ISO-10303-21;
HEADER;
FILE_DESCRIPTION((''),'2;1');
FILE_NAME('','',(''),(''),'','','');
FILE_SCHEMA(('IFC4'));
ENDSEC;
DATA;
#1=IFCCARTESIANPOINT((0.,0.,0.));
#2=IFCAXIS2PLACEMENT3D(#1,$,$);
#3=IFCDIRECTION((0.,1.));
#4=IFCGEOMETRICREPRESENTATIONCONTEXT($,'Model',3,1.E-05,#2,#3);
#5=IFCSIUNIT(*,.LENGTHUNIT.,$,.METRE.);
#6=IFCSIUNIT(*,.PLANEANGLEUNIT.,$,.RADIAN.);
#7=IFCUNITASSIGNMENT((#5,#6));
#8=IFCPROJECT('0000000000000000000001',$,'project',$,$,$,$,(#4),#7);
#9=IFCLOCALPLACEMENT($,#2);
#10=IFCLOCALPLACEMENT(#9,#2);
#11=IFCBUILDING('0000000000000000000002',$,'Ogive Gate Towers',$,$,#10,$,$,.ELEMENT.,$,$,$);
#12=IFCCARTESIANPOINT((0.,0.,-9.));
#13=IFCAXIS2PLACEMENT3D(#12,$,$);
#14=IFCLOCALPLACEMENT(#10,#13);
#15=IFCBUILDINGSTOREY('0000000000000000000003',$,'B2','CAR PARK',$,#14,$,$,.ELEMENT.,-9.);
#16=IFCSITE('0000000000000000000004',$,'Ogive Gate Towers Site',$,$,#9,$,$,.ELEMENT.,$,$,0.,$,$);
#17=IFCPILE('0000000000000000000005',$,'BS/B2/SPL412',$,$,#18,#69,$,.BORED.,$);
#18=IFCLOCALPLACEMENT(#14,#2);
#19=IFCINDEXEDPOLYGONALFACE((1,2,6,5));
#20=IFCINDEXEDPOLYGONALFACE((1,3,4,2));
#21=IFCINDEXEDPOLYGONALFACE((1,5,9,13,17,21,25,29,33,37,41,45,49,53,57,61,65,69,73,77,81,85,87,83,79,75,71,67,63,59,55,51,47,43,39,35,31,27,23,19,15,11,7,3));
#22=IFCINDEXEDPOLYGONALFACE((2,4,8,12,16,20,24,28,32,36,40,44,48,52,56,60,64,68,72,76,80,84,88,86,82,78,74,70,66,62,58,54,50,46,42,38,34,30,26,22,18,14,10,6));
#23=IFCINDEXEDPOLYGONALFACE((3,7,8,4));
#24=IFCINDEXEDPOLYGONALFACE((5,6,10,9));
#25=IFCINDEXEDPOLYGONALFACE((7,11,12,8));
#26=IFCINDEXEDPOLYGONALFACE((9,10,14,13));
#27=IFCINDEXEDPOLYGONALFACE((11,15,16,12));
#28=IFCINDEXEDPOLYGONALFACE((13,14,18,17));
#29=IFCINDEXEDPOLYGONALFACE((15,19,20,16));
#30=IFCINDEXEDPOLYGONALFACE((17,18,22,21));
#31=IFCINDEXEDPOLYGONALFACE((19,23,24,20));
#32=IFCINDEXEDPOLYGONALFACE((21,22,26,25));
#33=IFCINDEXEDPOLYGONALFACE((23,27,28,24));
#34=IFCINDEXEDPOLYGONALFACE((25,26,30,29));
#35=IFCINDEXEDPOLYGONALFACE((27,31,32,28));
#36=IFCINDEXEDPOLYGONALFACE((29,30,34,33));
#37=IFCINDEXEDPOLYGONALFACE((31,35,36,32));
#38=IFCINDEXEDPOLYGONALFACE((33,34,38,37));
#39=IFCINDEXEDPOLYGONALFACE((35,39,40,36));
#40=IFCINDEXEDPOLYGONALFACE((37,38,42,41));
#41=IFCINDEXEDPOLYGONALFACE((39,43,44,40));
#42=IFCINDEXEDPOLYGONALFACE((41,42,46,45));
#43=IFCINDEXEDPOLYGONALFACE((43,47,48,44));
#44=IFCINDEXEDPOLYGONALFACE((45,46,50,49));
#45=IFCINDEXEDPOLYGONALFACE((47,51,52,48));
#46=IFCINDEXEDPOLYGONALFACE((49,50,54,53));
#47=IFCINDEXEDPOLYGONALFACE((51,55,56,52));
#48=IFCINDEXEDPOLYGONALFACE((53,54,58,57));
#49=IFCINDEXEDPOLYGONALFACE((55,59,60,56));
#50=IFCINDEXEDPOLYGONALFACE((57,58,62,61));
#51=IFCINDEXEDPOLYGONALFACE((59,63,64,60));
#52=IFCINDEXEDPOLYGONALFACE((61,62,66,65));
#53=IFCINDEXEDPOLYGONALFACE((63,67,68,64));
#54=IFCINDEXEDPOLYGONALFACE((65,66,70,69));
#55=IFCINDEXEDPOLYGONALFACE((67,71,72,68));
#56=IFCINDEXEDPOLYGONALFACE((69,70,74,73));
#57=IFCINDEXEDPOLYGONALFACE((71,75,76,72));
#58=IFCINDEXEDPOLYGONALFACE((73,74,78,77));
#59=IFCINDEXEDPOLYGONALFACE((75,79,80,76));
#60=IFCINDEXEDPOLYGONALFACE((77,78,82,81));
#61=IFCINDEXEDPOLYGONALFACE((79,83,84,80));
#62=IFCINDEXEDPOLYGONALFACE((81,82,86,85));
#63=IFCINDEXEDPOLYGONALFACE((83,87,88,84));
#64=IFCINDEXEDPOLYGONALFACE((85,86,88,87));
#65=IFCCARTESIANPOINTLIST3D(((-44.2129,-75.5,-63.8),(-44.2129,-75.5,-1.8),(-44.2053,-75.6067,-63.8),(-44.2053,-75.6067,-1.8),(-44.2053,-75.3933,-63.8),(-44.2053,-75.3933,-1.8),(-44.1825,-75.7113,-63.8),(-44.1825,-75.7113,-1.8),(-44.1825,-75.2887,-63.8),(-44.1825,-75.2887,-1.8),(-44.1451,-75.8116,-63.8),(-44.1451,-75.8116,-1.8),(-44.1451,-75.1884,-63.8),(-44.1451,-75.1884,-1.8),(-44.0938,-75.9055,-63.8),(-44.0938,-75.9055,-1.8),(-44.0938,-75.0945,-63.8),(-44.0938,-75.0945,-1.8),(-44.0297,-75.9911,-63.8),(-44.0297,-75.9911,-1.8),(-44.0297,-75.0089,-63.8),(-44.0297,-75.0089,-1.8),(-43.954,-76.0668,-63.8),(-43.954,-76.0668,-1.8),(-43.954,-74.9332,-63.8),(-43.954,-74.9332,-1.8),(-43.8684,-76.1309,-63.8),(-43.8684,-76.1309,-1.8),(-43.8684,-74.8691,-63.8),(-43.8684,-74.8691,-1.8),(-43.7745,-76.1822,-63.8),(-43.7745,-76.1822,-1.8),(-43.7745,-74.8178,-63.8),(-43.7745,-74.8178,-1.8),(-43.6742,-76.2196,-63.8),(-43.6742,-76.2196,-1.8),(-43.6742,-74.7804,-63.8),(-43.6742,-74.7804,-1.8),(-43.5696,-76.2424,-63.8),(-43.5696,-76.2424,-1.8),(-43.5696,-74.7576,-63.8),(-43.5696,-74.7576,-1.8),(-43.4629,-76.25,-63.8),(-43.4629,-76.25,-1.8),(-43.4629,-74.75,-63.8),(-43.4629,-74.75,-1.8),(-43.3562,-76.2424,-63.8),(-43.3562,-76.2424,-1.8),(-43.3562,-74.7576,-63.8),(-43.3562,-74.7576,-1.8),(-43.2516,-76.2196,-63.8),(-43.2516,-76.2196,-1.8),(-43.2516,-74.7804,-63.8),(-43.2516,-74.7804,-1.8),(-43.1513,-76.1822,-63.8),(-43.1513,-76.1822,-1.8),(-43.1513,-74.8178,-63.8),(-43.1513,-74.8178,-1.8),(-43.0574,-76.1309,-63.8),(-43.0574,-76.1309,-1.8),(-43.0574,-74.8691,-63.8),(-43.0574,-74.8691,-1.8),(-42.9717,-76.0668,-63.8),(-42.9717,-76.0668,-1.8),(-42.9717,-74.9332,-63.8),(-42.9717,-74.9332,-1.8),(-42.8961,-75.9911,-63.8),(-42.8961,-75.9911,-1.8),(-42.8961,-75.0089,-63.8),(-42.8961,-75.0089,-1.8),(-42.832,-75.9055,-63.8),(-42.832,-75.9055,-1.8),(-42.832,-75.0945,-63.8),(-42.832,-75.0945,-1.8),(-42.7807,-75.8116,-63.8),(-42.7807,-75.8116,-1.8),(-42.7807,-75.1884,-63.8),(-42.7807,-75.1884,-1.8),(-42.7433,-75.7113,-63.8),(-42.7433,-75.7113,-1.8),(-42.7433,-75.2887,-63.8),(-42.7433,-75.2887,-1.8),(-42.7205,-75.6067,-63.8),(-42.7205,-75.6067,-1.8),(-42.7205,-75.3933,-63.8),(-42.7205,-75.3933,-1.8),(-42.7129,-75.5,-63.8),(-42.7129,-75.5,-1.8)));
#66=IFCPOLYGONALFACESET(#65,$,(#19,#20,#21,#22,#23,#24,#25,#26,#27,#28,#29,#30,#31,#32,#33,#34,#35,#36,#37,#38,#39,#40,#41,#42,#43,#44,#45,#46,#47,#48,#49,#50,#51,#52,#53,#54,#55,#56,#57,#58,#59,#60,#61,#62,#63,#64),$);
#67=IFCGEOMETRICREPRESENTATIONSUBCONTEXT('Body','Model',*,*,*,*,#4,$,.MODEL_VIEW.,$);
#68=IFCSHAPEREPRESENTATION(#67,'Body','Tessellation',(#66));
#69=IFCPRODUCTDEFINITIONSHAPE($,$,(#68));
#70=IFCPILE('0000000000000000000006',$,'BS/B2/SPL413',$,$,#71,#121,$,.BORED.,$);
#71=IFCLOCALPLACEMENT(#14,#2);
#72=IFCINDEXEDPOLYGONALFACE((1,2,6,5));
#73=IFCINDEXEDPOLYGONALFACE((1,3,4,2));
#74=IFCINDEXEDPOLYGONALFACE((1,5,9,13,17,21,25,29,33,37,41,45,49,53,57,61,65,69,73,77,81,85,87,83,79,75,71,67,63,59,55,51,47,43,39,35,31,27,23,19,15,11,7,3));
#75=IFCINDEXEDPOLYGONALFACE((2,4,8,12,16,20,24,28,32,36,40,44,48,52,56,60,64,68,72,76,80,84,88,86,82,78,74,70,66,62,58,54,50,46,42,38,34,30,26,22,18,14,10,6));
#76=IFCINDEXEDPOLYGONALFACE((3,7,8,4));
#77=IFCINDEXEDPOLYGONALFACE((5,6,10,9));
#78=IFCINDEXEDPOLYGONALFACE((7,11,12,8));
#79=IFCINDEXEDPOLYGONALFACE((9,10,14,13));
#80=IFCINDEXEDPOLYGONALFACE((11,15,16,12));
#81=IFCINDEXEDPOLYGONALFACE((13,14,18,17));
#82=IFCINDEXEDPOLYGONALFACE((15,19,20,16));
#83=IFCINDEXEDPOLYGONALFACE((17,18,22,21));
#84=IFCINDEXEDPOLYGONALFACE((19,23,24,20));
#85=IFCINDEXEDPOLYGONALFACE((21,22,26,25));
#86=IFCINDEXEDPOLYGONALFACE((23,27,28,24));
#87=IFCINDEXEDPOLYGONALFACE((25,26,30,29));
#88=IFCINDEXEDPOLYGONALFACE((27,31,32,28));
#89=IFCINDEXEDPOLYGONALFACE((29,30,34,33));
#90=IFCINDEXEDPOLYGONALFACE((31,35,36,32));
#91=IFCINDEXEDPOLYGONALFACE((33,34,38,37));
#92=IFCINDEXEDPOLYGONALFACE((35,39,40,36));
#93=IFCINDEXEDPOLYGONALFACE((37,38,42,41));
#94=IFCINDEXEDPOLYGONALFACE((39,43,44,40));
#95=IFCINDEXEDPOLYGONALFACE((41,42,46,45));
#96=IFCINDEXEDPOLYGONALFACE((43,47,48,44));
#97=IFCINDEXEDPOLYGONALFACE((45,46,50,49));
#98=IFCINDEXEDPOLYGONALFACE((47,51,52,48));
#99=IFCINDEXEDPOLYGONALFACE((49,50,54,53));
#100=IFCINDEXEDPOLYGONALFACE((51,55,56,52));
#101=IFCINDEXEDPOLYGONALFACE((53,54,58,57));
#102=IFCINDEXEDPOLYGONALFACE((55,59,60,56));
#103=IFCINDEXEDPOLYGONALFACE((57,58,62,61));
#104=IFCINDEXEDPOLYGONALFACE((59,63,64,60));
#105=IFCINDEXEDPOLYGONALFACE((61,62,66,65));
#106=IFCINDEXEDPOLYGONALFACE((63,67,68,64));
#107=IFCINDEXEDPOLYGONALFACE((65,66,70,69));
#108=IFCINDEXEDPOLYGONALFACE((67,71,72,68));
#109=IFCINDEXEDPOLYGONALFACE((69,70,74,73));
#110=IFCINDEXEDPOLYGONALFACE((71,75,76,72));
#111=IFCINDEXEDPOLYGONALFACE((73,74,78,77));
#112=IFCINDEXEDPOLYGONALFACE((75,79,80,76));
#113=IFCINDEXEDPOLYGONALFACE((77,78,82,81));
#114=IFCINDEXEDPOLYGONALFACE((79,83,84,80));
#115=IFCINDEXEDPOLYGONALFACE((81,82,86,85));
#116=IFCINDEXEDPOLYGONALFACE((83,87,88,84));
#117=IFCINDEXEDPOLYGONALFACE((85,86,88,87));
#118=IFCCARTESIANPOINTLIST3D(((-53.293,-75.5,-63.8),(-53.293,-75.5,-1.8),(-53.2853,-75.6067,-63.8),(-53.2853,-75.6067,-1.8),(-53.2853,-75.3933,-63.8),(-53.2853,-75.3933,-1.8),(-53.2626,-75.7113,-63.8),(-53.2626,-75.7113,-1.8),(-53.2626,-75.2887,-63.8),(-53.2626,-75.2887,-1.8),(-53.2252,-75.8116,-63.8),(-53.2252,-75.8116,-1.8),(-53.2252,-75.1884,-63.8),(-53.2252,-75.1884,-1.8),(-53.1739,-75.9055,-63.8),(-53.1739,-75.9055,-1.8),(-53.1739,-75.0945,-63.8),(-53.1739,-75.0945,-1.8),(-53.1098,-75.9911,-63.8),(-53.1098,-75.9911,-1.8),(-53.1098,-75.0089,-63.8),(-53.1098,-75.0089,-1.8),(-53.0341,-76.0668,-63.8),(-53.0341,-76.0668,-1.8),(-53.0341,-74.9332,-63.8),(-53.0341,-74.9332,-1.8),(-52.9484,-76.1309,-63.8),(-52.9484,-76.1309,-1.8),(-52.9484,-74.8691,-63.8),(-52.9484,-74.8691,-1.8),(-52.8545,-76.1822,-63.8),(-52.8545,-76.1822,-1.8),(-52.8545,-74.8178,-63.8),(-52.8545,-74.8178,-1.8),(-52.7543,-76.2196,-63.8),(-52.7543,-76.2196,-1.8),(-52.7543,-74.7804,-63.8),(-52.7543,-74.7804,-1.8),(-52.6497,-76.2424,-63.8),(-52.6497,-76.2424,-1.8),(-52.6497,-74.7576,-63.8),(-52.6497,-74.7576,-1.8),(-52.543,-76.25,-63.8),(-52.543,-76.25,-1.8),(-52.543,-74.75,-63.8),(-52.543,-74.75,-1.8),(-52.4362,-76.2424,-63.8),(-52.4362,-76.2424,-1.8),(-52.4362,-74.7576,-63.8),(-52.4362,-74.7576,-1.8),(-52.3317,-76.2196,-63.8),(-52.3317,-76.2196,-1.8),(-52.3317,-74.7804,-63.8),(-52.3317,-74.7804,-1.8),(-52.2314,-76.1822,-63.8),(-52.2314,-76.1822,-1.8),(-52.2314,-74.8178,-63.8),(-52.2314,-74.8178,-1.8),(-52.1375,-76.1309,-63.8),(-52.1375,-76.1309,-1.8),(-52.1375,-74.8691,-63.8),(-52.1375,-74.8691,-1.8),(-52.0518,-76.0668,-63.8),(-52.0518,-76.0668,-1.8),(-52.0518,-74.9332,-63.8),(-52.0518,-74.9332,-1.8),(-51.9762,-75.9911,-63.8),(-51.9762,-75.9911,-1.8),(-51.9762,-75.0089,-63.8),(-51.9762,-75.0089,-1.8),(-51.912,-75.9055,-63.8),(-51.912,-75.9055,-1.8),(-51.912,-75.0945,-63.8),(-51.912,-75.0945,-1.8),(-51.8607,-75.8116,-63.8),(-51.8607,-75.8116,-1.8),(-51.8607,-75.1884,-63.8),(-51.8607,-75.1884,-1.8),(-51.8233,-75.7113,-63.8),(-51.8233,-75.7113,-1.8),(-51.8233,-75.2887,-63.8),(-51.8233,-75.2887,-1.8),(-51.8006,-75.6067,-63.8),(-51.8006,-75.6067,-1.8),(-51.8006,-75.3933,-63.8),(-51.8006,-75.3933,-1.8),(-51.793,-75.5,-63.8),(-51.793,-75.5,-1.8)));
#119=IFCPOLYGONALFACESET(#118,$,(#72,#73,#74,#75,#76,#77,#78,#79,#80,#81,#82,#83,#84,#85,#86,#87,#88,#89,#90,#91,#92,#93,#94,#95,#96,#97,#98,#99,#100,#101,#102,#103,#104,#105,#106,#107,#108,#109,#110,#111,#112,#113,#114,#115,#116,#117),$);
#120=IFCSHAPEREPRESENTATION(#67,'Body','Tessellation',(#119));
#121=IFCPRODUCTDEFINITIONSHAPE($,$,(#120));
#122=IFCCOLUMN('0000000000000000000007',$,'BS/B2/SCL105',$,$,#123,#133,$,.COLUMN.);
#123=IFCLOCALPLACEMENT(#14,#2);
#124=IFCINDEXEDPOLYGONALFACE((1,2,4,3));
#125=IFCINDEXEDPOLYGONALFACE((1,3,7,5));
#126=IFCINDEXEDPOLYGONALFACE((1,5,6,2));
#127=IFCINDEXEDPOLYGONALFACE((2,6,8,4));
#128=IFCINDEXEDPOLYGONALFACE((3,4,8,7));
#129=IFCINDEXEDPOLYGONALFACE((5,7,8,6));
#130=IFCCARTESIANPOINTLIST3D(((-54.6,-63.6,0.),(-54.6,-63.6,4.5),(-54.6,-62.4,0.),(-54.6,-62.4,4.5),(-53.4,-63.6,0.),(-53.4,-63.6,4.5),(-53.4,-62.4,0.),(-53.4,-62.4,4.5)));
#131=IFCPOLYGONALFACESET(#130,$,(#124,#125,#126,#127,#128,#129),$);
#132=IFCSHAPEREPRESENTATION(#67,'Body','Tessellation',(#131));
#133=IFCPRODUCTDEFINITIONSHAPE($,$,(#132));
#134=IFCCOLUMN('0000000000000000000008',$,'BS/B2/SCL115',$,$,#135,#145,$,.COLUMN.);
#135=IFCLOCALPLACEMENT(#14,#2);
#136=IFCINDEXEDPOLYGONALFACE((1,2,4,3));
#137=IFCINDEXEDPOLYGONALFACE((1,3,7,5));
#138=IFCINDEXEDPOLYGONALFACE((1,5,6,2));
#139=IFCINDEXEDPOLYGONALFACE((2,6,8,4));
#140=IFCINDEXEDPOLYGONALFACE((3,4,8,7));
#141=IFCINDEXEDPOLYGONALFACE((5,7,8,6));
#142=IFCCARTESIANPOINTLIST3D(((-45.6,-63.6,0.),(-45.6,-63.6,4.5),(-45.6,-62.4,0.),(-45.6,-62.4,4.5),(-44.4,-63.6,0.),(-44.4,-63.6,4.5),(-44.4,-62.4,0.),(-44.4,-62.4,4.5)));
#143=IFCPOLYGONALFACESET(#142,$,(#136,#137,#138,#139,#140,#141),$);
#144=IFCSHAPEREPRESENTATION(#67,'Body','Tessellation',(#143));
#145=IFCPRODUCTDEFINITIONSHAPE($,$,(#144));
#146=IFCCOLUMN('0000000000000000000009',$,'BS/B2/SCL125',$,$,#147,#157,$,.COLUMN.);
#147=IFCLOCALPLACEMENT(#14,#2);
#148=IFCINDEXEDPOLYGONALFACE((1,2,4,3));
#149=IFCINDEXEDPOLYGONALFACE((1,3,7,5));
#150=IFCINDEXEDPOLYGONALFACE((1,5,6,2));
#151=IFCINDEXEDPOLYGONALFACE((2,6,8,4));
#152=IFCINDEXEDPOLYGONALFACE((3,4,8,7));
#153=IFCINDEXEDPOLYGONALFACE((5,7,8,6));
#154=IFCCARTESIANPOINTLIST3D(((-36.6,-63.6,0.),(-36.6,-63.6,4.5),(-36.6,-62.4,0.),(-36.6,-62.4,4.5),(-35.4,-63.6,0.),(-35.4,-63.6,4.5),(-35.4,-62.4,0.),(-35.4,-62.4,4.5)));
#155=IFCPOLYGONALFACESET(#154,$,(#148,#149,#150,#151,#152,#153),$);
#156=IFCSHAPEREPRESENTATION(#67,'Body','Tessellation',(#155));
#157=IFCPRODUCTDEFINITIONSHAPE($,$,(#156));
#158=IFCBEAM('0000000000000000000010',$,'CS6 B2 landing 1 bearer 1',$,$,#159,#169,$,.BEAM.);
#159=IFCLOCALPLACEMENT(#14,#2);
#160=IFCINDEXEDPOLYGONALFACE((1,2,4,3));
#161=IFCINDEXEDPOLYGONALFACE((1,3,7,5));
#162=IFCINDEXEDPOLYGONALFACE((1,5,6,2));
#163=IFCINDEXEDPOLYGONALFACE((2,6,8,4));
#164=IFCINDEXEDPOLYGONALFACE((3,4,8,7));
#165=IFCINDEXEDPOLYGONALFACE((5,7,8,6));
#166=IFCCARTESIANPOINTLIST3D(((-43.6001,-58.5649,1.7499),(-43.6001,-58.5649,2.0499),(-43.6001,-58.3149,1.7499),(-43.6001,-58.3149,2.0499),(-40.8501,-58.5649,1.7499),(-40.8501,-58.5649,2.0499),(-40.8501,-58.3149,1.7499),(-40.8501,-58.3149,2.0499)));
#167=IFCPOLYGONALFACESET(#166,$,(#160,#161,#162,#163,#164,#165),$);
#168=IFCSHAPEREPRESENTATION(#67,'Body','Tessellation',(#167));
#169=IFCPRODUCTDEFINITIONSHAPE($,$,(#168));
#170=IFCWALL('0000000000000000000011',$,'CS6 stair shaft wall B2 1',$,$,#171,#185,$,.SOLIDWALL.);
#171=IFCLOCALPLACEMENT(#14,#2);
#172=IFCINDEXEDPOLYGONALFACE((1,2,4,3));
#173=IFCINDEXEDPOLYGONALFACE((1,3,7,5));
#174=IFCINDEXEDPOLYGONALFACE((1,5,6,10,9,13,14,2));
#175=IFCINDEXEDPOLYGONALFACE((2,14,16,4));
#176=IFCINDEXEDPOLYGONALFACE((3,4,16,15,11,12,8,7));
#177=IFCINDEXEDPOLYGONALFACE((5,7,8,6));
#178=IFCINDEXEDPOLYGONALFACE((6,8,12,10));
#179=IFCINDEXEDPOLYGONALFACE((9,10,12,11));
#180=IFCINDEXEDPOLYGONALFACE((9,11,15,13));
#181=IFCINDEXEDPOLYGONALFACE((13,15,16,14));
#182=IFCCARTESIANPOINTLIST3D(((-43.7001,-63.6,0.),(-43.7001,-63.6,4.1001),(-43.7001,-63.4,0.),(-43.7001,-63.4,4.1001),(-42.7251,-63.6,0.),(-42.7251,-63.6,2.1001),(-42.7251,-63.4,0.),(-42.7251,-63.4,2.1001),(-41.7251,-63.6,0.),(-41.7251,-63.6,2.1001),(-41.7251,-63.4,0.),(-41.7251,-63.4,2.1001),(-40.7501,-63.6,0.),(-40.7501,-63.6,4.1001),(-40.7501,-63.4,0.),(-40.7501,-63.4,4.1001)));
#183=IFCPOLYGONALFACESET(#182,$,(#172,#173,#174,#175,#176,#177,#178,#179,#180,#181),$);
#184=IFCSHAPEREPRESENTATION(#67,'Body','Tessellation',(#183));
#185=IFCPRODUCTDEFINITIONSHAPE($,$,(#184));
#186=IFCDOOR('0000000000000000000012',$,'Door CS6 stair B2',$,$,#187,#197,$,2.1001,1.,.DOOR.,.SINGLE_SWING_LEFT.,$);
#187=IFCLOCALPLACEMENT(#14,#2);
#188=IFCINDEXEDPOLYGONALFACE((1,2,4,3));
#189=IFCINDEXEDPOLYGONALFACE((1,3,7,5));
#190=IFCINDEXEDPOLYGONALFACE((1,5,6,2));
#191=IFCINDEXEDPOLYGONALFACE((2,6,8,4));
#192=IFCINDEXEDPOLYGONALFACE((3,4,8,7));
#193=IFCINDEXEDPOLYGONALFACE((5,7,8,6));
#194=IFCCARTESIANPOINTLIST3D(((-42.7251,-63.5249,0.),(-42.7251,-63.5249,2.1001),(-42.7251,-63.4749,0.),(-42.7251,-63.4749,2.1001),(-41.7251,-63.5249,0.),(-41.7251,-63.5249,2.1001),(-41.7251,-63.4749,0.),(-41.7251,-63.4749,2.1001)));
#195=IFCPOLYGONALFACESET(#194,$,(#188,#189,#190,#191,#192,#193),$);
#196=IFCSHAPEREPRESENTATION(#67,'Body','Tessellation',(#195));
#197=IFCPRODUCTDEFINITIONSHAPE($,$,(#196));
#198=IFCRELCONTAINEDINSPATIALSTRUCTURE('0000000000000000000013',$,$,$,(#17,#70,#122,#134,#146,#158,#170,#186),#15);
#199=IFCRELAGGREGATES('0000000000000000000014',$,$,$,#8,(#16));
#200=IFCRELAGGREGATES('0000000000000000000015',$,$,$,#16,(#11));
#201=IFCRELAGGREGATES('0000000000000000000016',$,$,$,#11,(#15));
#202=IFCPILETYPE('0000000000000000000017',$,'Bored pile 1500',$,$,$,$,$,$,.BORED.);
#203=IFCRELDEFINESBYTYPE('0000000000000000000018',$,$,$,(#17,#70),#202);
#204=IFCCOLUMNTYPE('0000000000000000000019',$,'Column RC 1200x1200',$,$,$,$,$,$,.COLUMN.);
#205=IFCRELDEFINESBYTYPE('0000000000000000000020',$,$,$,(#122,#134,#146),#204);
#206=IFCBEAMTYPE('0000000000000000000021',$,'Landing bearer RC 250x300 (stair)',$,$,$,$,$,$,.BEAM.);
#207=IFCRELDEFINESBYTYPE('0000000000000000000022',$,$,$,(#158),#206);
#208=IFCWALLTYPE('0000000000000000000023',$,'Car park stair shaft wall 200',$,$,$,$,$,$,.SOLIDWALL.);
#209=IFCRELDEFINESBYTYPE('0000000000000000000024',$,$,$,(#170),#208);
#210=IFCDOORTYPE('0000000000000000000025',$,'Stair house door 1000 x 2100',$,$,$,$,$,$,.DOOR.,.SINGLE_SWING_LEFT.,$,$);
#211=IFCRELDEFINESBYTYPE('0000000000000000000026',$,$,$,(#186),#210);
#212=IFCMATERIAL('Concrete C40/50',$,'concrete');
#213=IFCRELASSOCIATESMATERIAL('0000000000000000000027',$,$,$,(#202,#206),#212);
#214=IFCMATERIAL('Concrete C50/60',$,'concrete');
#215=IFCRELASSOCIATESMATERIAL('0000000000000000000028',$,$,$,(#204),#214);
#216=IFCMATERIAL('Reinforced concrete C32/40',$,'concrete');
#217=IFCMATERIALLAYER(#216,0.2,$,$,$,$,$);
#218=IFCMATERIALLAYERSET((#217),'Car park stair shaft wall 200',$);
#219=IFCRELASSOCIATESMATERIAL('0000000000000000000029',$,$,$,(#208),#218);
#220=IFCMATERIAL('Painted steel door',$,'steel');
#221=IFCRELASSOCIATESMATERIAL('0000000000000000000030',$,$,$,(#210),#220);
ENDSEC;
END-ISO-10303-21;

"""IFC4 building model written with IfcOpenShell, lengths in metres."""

from ifc_helpers import new_model, si_unit, direction, frame, frame_2d, origin, origin_2d, place, context, subcontext, project, spatial, rectangle, circle, extrude, material, layer, layer_set, material_profile, profile_set, type_object, element, fill, save


model = new_model("IFC4")

# Units and contexts
model_context = context("Model", 3, precision=1e-05, world=origin(), true_north=direction((0.0, 1.0)))
body_context = subcontext(model_context, "Body", "Model", "MODEL_VIEW")
ifc_project = project(units=[si_unit("LENGTHUNIT", "METRE"), si_unit("PLANEANGLEUNIT", "RADIAN")], contexts=[model_context])

# Site, building, storey
site_placement = place(None, origin())
site = spatial("IfcSite", under=ifc_project, at=site_placement, Name="Ogive Gate Towers Site", CompositionType="ELEMENT", RefElevation=0.0)
building_placement = place(site_placement, origin())
building = spatial("IfcBuilding", under=site, at=building_placement, Name="Ogive Gate Towers", CompositionType="ELEMENT")
storey_placement = place(building_placement, frame((0.0, 0.0, -9.0)))
storey = spatial("IfcBuildingStorey", under=building, at=storey_placement, Name="B2", Description="CAR PARK", CompositionType="ELEMENT", Elevation=-9.0)

# Piles
ifc_material_1 = material(Name="Concrete C40/50", Category="concrete")
ifc_material_profile_1 = material_profile(ifc_material_1, circle(Radius=0.75, at=origin_2d()), Name="BP 1500")
ifc_profile_set_1 = profile_set([ifc_material_profile_1], Name="Concrete C40/50")
pile_type = type_object("IfcPileType", Name="Bored pile 1500", PredefinedType="BORED", material=ifc_profile_set_1)
for number, where, z_axis, x_axis, name in (
    (1, (-43.4629, -75.5, -1.8), (0.0, 0.0, -1.0), (1.0, 0.0, 0.0), "BS/B2/SPL412"),
    (2, (-52.543, -75.5, -1.8), (0.0, 0.0, -1.0), (1.0, 0.0, 0.0), "BS/B2/SPL413"),
):
    element("IfcPile", number, at=place(storey_placement, frame(where, z_axis=z_axis, x_axis=x_axis)), inside=storey, type_object=pile_type, Name=name, PredefinedType="BORED", context=body_context, shape_type="SweptSolid", body=[
        extrude(circle(Radius=0.75, at=origin_2d()), origin(), (0.0, 0.0, 1.0), 62.0),
    ])

# Columns
ifc_material_2 = material(Name="Concrete C50/60", Category="concrete")
ifc_material_profile_2 = material_profile(ifc_material_2, rectangle(XDim=1.2, YDim=1.2, at=origin_2d()), Name="RC 1200x1200")
ifc_profile_set_2 = profile_set([ifc_material_profile_2], Name="Concrete C50/60")
column_type = type_object("IfcColumnType", Name="Column RC 1200x1200", PredefinedType="COLUMN", material=ifc_profile_set_2)
for number, where, z_axis, x_axis, name in (
    (3, (-54.0, -63.0, 0.0), (0.0, 0.0, 1.0), (1.0, 0.0, 0.0), "BS/B2/SCL105"),
    (4, (-45.0, -63.0, 0.0), (0.0, 0.0, 1.0), (1.0, 0.0, 0.0), "BS/B2/SCL115"),
    (5, (-36.0, -63.0, 0.0), (0.0, 0.0, 1.0), (1.0, 0.0, 0.0), "BS/B2/SCL125"),
):
    element("IfcColumn", number, at=place(storey_placement, frame(where, z_axis=z_axis, x_axis=x_axis)), inside=storey, type_object=column_type, Name=name, PredefinedType="COLUMN", context=body_context, shape_type="SweptSolid", body=[
        extrude(rectangle(XDim=1.2, YDim=1.2, at=origin_2d()), origin(), (0.0, 0.0, 1.0), 4.5),
    ])

# Beam
ifc_material_profile_3 = material_profile(ifc_material_1, rectangle(XDim=0.25, YDim=0.3, at=origin_2d()), Name="RC 250x300")
ifc_profile_set_3 = profile_set([ifc_material_profile_3], Name="Concrete C40/50")
beam_type = type_object("IfcBeamType", Name="Landing bearer RC 250x300 (stair)", PredefinedType="BEAM", material=ifc_profile_set_3)
beam_placement = place(storey_placement, frame((-40.8501, -58.4399, 1.8999), z_axis=(-1.0, 0.0, 0.0), x_axis=(0.0, -1.0, 0.0)))
element("IfcBeam", 6, at=beam_placement, inside=storey, type_object=beam_type, Name="CS6 B2 landing 1 bearer 1", PredefinedType="BEAM", context=body_context, shape_type="SweptSolid", body=[
    extrude(rectangle(XDim=0.25, YDim=0.3, at=origin_2d()), origin(), (0.0, 0.0, 1.0), 2.75),
])

# Wall, opening, door
ifc_material_3 = material(Name="Reinforced concrete C32/40", Category="concrete")
ifc_layer_1 = layer(ifc_material_3, 0.2)
ifc_layer_set_1 = layer_set([ifc_layer_1], Name="Car park stair shaft wall 200")
wall_type_1 = type_object("IfcWallType", Name="Car park stair shaft wall 200", PredefinedType="SOLIDWALL", material=ifc_layer_set_1)
wall_1_placement = place(storey_placement, frame((-40.75, -63.5, 0.0), z_axis=(0.0, 0.0, 1.0), x_axis=(-1.0, 0.0, 0.0)))
wall_1 = element("IfcWall", 7, at=wall_1_placement, inside=storey, type_object=wall_type_1, Name="CS6 stair shaft wall B2 1", PredefinedType="SOLIDWALL", context=body_context, shape_type="SweptSolid", body=[
    extrude(rectangle(XDim=2.95, YDim=0.2, at=frame_2d((1.4751, 0.0))), origin(), (0.0, 0.0, 1.0), 4.1001),
])
opening_placement = place(wall_1_placement, frame((0.9751, 0.0, 0.0)))
opening = element("IfcOpeningElement", 8, at=opening_placement, cuts=wall_1, PredefinedType="OPENING", context=body_context, shape_type="SweptSolid", body=[
    extrude(rectangle(XDim=1.0, YDim=2.1001, at=frame_2d((0.5, 1.05))), frame((0.0, 0.1099, 0.0), z_axis=(0.0, -1.0, 0.0), x_axis=(1.0, 0.0, 0.0)), (0.0, 0.0, 1.0), 0.22),
])
ifc_material_4 = material(Name="Painted steel door", Category="steel")
door_type = type_object("IfcDoorType", Name="Stair house door 1000 x 2100", OperationType="SINGLE_SWING_LEFT", PredefinedType="DOOR", material=ifc_material_4)
door_placement = place(opening_placement, origin())
door = element("IfcDoor", 9, at=door_placement, inside=storey, type_object=door_type, Name="Door CS6 stair B2", OperationType="SINGLE_SWING_LEFT", OverallHeight=2.1001, OverallWidth=1.0, PredefinedType="DOOR", context=body_context, shape_type="SweptSolid", body=[
    extrude(rectangle(XDim=1.0, YDim=2.1001, at=frame_2d((0.5, 1.05))), frame((0.0, 0.0249, 0.0), z_axis=(0.0, -1.0, 0.0), x_axis=(1.0, 0.0, 0.0)), (0.0, 0.0, 1.0), 0.05),
])
fill(opening, door)

save(model, "model.ifc")
